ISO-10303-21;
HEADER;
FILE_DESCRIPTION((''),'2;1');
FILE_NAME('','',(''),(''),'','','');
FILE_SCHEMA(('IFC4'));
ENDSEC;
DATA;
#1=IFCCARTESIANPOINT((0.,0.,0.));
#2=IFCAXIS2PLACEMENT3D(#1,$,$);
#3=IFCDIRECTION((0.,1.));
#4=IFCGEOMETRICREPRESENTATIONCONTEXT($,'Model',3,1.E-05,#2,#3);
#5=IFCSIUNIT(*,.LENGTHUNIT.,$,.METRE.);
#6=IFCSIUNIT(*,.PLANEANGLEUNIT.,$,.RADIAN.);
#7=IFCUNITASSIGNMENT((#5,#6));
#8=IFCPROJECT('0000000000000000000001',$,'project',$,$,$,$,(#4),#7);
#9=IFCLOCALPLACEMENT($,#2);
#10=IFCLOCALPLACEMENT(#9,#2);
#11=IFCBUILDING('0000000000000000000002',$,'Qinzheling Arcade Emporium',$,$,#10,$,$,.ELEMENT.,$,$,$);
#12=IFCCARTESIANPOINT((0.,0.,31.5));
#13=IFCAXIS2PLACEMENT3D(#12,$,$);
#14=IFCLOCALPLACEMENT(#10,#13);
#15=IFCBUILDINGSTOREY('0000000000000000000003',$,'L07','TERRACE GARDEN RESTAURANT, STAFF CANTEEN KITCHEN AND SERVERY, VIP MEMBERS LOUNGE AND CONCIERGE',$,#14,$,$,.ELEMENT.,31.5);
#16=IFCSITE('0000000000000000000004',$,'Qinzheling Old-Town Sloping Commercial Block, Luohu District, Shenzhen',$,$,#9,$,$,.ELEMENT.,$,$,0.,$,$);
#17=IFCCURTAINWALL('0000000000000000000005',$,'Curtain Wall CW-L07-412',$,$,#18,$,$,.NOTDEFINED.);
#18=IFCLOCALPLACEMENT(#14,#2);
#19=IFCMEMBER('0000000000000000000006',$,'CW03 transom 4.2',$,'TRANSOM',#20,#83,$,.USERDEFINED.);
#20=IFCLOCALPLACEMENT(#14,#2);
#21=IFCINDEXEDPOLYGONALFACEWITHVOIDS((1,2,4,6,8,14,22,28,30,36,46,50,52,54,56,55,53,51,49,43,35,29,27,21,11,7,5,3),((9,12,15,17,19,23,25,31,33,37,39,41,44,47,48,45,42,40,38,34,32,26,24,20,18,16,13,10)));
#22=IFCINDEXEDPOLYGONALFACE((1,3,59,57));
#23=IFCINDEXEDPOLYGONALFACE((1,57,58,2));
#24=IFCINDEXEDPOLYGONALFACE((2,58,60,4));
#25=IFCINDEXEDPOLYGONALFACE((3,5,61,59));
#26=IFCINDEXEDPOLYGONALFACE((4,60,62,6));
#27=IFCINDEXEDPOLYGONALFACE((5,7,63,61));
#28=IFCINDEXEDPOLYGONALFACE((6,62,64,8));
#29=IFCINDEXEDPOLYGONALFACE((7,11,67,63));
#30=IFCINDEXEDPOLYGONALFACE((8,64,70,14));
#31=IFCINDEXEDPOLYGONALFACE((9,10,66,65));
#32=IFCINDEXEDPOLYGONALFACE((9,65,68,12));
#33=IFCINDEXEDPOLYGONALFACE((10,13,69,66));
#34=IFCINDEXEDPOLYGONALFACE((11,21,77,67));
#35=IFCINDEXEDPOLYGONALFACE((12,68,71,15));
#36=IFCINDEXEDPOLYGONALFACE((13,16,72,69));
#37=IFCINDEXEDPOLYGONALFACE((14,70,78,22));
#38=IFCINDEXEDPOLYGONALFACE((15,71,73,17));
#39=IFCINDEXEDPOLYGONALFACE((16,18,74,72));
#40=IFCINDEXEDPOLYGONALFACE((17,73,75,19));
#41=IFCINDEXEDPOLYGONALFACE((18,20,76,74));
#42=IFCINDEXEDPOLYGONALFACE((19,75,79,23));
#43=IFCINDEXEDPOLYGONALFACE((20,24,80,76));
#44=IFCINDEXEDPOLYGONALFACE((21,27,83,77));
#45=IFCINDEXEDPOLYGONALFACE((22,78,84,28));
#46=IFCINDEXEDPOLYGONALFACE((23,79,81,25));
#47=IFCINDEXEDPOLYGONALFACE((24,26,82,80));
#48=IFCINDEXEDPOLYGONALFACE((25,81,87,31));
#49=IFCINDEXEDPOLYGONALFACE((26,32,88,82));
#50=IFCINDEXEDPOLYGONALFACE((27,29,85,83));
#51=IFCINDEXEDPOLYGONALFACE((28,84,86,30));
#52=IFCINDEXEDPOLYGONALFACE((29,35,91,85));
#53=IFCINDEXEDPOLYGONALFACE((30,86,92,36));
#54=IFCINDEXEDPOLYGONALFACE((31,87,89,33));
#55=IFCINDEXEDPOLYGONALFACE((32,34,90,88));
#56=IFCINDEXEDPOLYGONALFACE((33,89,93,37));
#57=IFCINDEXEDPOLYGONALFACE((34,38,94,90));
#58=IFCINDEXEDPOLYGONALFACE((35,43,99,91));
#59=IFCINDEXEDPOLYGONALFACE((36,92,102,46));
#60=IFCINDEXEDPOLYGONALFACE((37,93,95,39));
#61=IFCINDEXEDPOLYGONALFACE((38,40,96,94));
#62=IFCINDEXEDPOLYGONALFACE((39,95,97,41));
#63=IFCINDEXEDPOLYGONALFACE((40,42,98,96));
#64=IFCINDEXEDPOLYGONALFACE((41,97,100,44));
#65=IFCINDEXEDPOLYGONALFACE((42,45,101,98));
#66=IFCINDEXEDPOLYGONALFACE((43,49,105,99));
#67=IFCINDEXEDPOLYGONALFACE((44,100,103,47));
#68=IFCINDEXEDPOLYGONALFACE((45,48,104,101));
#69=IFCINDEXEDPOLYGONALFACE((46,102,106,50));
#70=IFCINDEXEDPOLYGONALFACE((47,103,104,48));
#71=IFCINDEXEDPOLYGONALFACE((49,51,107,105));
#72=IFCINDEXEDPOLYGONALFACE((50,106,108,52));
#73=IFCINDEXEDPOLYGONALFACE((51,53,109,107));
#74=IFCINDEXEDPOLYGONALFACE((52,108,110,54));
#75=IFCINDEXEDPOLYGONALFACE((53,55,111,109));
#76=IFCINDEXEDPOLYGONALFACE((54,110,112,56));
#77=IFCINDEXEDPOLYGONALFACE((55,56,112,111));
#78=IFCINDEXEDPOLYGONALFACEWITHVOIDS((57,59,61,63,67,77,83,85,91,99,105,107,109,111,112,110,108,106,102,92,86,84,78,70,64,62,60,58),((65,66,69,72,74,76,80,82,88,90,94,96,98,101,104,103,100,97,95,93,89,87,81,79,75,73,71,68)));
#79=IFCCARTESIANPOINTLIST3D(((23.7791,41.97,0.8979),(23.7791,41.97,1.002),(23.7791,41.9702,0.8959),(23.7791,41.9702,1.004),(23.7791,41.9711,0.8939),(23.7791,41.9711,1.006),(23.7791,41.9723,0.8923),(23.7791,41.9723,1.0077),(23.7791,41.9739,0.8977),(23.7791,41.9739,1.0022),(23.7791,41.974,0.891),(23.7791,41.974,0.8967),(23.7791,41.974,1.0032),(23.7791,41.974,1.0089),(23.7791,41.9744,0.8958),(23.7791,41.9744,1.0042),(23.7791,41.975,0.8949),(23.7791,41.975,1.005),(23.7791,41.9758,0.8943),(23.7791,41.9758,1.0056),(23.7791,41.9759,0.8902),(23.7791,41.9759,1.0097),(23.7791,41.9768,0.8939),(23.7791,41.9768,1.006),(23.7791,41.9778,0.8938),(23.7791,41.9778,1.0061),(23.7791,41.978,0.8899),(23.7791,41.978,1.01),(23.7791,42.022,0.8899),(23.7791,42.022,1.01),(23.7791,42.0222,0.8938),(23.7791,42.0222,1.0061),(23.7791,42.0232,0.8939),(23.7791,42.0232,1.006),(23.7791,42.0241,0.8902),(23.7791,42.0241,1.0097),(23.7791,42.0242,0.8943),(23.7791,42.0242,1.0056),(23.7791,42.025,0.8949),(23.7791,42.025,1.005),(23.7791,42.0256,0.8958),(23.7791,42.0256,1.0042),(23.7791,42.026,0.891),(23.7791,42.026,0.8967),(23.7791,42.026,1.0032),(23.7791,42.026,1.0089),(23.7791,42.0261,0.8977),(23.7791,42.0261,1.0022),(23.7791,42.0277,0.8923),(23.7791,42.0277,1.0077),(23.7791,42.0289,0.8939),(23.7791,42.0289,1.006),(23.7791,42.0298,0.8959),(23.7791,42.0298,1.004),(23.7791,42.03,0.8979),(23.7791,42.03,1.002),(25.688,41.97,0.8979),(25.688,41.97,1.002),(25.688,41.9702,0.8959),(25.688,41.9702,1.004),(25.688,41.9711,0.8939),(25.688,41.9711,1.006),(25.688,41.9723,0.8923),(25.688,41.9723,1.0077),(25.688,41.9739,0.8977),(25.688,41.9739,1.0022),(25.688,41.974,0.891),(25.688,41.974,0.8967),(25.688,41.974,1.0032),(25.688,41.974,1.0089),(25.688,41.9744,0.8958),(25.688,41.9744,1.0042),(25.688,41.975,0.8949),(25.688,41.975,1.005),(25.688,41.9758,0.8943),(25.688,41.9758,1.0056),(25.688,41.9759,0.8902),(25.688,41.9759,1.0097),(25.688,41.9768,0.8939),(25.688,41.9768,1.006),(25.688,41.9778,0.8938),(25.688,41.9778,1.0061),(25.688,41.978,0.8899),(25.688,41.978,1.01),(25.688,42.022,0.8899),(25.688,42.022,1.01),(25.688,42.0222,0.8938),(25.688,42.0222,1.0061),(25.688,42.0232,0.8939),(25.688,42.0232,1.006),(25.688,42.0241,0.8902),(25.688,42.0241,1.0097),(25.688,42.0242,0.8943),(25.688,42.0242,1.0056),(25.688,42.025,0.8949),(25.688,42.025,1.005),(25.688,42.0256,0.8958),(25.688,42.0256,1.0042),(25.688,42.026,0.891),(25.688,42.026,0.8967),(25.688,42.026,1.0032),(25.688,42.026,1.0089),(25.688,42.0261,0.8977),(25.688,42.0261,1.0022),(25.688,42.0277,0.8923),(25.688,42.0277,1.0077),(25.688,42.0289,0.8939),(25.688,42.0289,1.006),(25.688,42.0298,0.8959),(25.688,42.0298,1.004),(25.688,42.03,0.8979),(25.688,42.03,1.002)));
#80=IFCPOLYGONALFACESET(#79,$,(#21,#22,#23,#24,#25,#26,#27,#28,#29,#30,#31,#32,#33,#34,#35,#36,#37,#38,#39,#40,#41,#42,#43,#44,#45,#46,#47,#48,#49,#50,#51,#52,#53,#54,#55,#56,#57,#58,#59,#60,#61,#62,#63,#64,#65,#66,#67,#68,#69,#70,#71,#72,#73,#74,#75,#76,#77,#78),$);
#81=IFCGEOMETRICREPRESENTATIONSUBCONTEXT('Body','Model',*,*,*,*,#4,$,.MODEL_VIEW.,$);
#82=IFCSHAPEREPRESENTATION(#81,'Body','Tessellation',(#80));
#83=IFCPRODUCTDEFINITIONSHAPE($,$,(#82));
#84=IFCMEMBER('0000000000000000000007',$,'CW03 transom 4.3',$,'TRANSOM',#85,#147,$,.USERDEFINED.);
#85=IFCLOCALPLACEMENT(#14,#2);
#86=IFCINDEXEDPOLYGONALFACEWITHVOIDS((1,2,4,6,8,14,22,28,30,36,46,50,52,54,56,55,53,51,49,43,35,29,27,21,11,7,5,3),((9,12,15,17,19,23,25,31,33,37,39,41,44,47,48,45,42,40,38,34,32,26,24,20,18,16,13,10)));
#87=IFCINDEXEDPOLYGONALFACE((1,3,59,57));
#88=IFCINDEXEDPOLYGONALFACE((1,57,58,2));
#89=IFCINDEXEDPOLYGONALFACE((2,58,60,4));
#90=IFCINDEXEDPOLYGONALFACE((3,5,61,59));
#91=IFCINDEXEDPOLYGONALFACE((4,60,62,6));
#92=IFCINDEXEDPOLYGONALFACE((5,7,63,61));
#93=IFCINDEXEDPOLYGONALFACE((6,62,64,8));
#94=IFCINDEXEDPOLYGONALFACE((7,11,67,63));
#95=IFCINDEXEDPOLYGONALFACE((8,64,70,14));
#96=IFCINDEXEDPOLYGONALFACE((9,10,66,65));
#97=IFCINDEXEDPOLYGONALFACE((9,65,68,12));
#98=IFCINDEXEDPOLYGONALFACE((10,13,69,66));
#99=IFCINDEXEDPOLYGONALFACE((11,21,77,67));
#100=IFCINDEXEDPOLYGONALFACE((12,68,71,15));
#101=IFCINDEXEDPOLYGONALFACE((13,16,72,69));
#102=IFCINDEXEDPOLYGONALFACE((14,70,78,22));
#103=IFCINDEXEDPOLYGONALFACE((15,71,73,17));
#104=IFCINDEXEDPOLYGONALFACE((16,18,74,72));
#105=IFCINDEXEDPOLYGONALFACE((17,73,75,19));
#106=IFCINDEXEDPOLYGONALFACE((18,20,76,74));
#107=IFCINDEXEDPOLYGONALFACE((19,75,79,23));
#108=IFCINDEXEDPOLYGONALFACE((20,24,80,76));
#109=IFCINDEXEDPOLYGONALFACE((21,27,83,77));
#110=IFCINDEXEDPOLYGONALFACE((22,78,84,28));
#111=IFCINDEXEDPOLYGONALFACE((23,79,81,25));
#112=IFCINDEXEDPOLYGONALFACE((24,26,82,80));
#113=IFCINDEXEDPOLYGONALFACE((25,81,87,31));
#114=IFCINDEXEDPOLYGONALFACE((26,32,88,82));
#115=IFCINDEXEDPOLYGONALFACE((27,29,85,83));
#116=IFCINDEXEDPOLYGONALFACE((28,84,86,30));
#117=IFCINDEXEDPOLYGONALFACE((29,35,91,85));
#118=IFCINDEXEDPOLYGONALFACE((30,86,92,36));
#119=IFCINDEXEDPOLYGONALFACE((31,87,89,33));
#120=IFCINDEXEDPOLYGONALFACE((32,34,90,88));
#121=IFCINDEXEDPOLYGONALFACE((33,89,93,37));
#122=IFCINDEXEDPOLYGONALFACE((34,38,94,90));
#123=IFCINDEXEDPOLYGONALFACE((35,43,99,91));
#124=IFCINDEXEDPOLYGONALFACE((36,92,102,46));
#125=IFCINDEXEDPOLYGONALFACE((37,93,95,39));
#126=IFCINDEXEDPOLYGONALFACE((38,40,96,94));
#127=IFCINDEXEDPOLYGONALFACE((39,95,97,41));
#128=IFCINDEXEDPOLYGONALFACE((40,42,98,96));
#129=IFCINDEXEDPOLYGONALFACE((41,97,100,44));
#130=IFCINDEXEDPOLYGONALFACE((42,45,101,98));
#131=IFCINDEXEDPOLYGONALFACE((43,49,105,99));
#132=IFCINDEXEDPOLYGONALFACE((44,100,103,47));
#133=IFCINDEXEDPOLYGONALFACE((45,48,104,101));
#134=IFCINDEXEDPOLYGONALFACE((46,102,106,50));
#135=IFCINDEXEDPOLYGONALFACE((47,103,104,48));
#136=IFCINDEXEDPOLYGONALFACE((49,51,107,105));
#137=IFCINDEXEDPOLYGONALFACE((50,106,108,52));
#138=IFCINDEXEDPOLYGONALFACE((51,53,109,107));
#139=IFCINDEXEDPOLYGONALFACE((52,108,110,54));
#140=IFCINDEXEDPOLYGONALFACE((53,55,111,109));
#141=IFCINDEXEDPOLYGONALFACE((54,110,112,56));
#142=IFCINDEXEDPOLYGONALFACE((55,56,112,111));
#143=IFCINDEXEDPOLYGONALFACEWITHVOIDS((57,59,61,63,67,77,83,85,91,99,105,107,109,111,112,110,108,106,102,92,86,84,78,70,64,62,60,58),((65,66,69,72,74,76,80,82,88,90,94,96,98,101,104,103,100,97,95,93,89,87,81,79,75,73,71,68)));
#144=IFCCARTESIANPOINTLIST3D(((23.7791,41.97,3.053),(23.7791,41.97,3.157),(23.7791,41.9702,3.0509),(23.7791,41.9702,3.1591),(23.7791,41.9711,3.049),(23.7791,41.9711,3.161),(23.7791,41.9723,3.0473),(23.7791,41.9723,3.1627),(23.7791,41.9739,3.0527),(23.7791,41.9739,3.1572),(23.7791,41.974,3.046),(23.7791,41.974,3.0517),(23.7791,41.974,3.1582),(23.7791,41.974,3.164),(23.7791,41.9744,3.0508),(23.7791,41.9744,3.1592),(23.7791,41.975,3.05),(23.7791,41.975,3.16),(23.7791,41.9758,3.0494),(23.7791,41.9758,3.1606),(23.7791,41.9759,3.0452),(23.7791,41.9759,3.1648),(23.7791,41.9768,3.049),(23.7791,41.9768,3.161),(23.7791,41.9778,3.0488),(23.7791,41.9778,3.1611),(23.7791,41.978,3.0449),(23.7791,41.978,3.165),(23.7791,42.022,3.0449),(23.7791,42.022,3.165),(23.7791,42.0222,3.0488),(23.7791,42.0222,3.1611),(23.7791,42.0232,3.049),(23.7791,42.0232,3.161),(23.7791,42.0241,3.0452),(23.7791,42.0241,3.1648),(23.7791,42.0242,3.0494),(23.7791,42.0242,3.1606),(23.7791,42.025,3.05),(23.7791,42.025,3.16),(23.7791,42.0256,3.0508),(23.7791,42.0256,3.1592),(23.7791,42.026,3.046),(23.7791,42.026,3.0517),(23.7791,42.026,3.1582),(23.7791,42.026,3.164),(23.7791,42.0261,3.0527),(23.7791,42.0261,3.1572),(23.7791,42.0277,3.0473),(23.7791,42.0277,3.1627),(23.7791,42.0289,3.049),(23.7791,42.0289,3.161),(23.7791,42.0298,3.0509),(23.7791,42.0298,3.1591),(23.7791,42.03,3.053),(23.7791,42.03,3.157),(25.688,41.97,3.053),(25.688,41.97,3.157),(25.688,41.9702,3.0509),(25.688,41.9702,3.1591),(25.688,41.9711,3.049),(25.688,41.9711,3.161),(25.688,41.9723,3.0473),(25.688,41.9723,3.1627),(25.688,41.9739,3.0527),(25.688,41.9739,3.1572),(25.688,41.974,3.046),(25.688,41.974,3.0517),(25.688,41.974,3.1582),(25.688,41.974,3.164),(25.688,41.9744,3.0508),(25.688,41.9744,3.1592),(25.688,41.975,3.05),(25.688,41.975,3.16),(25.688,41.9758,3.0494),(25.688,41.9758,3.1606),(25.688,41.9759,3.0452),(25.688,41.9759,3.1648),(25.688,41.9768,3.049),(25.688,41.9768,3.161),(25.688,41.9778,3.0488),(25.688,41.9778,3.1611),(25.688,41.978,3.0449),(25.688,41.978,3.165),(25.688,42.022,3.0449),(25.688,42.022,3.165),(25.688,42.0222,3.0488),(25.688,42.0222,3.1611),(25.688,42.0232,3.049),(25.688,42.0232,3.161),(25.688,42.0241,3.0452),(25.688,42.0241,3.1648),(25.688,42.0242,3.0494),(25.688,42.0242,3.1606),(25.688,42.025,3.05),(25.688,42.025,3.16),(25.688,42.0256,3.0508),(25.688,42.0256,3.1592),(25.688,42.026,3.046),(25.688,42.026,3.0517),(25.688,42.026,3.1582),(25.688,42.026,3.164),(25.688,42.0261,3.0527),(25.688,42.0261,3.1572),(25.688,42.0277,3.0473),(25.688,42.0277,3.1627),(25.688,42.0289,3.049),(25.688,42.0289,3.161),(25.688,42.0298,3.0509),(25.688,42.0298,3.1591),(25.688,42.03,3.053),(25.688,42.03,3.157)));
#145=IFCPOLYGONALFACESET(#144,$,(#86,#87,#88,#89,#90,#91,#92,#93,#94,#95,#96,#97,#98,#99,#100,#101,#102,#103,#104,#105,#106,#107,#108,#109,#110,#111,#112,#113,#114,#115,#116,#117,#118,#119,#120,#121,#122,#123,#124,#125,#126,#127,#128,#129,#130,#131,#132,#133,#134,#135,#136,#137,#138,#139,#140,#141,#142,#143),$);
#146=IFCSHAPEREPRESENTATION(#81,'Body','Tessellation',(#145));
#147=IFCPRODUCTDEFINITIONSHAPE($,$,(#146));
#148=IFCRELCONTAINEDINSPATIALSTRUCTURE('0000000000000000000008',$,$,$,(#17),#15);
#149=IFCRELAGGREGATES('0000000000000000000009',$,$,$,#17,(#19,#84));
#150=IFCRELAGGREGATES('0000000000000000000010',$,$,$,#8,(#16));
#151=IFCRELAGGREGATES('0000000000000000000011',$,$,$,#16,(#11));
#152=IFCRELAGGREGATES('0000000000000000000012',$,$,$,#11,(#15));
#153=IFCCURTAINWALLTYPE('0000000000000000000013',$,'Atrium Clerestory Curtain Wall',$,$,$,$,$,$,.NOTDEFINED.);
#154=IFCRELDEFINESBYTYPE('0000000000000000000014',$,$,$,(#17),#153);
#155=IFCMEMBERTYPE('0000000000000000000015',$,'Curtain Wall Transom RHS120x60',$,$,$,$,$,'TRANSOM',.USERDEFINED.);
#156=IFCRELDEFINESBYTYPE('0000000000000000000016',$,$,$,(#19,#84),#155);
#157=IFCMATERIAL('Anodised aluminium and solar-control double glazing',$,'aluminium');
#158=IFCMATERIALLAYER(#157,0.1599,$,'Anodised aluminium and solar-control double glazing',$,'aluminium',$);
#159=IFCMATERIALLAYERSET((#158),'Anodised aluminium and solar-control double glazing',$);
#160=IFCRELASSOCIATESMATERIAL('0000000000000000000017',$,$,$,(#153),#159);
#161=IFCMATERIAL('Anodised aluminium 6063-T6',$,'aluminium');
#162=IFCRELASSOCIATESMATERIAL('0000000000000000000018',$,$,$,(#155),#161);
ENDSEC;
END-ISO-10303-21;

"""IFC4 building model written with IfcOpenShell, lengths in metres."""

from ifc_helpers import new_model, si_unit, direction, frame, origin, origin_2d, place, context, subcontext, project, spatial, hollow_rectangle, extrude, material, layer, layer_set, material_profile, profile_set, type_object, element, aggregate, save


model = new_model("IFC4")

# Units and contexts
model_context = context("Model", 3, precision=1e-05, world=origin(), true_north=direction((0.0, 1.0)))
body_context = subcontext(model_context, "Body", "Model", "MODEL_VIEW")
ifc_project = project(units=[si_unit("LENGTHUNIT", "METRE"), si_unit("PLANEANGLEUNIT", "RADIAN")], contexts=[model_context])

# Site, building, storey
site_placement = place(None, origin())
site = spatial("IfcSite", under=ifc_project, at=site_placement, Name="Qinzheling Old-Town Sloping Commercial Block, Luohu District, Shenzhen", CompositionType="ELEMENT", RefElevation=0.0)
building_placement = place(site_placement, origin())
building = spatial("IfcBuilding", under=site, at=building_placement, Name="Qinzheling Arcade Emporium", CompositionType="ELEMENT")
storey_placement = place(building_placement, frame((0.0, 0.0, 31.5)))
storey = spatial("IfcBuildingStorey", under=building, at=storey_placement, Name="L07", Description="TERRACE GARDEN RESTAURANT, STAFF CANTEEN KITCHEN AND SERVERY, VIP MEMBERS LOUNGE AND CONCIERGE", CompositionType="ELEMENT", Elevation=31.5)

# Curtain wall, members
ifc_material_1 = material(Name="Anodised aluminium and solar-control double glazing", Category="aluminium")
ifc_layer_1 = layer(ifc_material_1, 0.1599, Name="Anodised aluminium and solar-control double glazing", Category="aluminium")
ifc_layer_set_1 = layer_set([ifc_layer_1], Name="Anodised aluminium and solar-control double glazing")
curtain_wall_type = type_object("IfcCurtainWallType", Name="Atrium Clerestory Curtain Wall", PredefinedType="NOTDEFINED", material=ifc_layer_set_1)
curtain_wall_placement = place(storey_placement, origin())
curtain_wall = element("IfcCurtainWall", 1, at=curtain_wall_placement, inside=storey, type_object=curtain_wall_type, Name="Curtain Wall CW-L07-412", PredefinedType="NOTDEFINED")
ifc_material_2 = material(Name="Anodised aluminium 6063-T6", Category="aluminium")
ifc_material_profile_1 = material_profile(ifc_material_2, hollow_rectangle(XDim=0.0601, YDim=0.1201, WallThickness=0.0039, InnerFilletRadius=0.0039, OuterFilletRadius=0.0081, at=origin_2d()), Name="RHS 120x60x4", Category="aluminium")
ifc_profile_set_1 = profile_set([ifc_material_profile_1], Name="Anodised aluminium 6063-T6")
member_type_1 = type_object("IfcMemberType", Name="Curtain Wall Transom RHS120x60", ElementType="TRANSOM", PredefinedType="USERDEFINED", material=ifc_profile_set_1)
member_1_placement = place(storey_placement, frame((23.7791, 42.0, 0.95), z_axis=(1.0, 0.0, 0.0), x_axis=(0.0, 1.0, 0.0)))
member_1 = element("IfcMember", 2, at=member_1_placement, type_object=member_type_1, Name="CW03 transom 4.2", ObjectType="TRANSOM", PredefinedType="USERDEFINED", context=body_context, shape_type="SweptSolid", body=[
    extrude(hollow_rectangle(XDim=0.0601, YDim=0.1201, WallThickness=0.0039, InnerFilletRadius=0.0039, OuterFilletRadius=0.0081, at=origin_2d()), origin(), (0.0, 0.0, 1.0), 1.9089),
])
member_2_placement = place(storey_placement, frame((23.7791, 42.0, 3.105), z_axis=(1.0, 0.0, 0.0), x_axis=(0.0, 1.0, 0.0)))
member_2 = element("IfcMember", 3, at=member_2_placement, type_object=member_type_1, Name="CW03 transom 4.3", ObjectType="TRANSOM", PredefinedType="USERDEFINED", context=body_context, shape_type="SweptSolid", body=[
    extrude(hollow_rectangle(XDim=0.0601, YDim=0.1201, WallThickness=0.0039, InnerFilletRadius=0.0039, OuterFilletRadius=0.0081, at=origin_2d()), origin(), (0.0, 0.0, 1.0), 1.9089),
])
aggregate(curtain_wall, [member_1, member_2])

save(model, "model.ifc")
